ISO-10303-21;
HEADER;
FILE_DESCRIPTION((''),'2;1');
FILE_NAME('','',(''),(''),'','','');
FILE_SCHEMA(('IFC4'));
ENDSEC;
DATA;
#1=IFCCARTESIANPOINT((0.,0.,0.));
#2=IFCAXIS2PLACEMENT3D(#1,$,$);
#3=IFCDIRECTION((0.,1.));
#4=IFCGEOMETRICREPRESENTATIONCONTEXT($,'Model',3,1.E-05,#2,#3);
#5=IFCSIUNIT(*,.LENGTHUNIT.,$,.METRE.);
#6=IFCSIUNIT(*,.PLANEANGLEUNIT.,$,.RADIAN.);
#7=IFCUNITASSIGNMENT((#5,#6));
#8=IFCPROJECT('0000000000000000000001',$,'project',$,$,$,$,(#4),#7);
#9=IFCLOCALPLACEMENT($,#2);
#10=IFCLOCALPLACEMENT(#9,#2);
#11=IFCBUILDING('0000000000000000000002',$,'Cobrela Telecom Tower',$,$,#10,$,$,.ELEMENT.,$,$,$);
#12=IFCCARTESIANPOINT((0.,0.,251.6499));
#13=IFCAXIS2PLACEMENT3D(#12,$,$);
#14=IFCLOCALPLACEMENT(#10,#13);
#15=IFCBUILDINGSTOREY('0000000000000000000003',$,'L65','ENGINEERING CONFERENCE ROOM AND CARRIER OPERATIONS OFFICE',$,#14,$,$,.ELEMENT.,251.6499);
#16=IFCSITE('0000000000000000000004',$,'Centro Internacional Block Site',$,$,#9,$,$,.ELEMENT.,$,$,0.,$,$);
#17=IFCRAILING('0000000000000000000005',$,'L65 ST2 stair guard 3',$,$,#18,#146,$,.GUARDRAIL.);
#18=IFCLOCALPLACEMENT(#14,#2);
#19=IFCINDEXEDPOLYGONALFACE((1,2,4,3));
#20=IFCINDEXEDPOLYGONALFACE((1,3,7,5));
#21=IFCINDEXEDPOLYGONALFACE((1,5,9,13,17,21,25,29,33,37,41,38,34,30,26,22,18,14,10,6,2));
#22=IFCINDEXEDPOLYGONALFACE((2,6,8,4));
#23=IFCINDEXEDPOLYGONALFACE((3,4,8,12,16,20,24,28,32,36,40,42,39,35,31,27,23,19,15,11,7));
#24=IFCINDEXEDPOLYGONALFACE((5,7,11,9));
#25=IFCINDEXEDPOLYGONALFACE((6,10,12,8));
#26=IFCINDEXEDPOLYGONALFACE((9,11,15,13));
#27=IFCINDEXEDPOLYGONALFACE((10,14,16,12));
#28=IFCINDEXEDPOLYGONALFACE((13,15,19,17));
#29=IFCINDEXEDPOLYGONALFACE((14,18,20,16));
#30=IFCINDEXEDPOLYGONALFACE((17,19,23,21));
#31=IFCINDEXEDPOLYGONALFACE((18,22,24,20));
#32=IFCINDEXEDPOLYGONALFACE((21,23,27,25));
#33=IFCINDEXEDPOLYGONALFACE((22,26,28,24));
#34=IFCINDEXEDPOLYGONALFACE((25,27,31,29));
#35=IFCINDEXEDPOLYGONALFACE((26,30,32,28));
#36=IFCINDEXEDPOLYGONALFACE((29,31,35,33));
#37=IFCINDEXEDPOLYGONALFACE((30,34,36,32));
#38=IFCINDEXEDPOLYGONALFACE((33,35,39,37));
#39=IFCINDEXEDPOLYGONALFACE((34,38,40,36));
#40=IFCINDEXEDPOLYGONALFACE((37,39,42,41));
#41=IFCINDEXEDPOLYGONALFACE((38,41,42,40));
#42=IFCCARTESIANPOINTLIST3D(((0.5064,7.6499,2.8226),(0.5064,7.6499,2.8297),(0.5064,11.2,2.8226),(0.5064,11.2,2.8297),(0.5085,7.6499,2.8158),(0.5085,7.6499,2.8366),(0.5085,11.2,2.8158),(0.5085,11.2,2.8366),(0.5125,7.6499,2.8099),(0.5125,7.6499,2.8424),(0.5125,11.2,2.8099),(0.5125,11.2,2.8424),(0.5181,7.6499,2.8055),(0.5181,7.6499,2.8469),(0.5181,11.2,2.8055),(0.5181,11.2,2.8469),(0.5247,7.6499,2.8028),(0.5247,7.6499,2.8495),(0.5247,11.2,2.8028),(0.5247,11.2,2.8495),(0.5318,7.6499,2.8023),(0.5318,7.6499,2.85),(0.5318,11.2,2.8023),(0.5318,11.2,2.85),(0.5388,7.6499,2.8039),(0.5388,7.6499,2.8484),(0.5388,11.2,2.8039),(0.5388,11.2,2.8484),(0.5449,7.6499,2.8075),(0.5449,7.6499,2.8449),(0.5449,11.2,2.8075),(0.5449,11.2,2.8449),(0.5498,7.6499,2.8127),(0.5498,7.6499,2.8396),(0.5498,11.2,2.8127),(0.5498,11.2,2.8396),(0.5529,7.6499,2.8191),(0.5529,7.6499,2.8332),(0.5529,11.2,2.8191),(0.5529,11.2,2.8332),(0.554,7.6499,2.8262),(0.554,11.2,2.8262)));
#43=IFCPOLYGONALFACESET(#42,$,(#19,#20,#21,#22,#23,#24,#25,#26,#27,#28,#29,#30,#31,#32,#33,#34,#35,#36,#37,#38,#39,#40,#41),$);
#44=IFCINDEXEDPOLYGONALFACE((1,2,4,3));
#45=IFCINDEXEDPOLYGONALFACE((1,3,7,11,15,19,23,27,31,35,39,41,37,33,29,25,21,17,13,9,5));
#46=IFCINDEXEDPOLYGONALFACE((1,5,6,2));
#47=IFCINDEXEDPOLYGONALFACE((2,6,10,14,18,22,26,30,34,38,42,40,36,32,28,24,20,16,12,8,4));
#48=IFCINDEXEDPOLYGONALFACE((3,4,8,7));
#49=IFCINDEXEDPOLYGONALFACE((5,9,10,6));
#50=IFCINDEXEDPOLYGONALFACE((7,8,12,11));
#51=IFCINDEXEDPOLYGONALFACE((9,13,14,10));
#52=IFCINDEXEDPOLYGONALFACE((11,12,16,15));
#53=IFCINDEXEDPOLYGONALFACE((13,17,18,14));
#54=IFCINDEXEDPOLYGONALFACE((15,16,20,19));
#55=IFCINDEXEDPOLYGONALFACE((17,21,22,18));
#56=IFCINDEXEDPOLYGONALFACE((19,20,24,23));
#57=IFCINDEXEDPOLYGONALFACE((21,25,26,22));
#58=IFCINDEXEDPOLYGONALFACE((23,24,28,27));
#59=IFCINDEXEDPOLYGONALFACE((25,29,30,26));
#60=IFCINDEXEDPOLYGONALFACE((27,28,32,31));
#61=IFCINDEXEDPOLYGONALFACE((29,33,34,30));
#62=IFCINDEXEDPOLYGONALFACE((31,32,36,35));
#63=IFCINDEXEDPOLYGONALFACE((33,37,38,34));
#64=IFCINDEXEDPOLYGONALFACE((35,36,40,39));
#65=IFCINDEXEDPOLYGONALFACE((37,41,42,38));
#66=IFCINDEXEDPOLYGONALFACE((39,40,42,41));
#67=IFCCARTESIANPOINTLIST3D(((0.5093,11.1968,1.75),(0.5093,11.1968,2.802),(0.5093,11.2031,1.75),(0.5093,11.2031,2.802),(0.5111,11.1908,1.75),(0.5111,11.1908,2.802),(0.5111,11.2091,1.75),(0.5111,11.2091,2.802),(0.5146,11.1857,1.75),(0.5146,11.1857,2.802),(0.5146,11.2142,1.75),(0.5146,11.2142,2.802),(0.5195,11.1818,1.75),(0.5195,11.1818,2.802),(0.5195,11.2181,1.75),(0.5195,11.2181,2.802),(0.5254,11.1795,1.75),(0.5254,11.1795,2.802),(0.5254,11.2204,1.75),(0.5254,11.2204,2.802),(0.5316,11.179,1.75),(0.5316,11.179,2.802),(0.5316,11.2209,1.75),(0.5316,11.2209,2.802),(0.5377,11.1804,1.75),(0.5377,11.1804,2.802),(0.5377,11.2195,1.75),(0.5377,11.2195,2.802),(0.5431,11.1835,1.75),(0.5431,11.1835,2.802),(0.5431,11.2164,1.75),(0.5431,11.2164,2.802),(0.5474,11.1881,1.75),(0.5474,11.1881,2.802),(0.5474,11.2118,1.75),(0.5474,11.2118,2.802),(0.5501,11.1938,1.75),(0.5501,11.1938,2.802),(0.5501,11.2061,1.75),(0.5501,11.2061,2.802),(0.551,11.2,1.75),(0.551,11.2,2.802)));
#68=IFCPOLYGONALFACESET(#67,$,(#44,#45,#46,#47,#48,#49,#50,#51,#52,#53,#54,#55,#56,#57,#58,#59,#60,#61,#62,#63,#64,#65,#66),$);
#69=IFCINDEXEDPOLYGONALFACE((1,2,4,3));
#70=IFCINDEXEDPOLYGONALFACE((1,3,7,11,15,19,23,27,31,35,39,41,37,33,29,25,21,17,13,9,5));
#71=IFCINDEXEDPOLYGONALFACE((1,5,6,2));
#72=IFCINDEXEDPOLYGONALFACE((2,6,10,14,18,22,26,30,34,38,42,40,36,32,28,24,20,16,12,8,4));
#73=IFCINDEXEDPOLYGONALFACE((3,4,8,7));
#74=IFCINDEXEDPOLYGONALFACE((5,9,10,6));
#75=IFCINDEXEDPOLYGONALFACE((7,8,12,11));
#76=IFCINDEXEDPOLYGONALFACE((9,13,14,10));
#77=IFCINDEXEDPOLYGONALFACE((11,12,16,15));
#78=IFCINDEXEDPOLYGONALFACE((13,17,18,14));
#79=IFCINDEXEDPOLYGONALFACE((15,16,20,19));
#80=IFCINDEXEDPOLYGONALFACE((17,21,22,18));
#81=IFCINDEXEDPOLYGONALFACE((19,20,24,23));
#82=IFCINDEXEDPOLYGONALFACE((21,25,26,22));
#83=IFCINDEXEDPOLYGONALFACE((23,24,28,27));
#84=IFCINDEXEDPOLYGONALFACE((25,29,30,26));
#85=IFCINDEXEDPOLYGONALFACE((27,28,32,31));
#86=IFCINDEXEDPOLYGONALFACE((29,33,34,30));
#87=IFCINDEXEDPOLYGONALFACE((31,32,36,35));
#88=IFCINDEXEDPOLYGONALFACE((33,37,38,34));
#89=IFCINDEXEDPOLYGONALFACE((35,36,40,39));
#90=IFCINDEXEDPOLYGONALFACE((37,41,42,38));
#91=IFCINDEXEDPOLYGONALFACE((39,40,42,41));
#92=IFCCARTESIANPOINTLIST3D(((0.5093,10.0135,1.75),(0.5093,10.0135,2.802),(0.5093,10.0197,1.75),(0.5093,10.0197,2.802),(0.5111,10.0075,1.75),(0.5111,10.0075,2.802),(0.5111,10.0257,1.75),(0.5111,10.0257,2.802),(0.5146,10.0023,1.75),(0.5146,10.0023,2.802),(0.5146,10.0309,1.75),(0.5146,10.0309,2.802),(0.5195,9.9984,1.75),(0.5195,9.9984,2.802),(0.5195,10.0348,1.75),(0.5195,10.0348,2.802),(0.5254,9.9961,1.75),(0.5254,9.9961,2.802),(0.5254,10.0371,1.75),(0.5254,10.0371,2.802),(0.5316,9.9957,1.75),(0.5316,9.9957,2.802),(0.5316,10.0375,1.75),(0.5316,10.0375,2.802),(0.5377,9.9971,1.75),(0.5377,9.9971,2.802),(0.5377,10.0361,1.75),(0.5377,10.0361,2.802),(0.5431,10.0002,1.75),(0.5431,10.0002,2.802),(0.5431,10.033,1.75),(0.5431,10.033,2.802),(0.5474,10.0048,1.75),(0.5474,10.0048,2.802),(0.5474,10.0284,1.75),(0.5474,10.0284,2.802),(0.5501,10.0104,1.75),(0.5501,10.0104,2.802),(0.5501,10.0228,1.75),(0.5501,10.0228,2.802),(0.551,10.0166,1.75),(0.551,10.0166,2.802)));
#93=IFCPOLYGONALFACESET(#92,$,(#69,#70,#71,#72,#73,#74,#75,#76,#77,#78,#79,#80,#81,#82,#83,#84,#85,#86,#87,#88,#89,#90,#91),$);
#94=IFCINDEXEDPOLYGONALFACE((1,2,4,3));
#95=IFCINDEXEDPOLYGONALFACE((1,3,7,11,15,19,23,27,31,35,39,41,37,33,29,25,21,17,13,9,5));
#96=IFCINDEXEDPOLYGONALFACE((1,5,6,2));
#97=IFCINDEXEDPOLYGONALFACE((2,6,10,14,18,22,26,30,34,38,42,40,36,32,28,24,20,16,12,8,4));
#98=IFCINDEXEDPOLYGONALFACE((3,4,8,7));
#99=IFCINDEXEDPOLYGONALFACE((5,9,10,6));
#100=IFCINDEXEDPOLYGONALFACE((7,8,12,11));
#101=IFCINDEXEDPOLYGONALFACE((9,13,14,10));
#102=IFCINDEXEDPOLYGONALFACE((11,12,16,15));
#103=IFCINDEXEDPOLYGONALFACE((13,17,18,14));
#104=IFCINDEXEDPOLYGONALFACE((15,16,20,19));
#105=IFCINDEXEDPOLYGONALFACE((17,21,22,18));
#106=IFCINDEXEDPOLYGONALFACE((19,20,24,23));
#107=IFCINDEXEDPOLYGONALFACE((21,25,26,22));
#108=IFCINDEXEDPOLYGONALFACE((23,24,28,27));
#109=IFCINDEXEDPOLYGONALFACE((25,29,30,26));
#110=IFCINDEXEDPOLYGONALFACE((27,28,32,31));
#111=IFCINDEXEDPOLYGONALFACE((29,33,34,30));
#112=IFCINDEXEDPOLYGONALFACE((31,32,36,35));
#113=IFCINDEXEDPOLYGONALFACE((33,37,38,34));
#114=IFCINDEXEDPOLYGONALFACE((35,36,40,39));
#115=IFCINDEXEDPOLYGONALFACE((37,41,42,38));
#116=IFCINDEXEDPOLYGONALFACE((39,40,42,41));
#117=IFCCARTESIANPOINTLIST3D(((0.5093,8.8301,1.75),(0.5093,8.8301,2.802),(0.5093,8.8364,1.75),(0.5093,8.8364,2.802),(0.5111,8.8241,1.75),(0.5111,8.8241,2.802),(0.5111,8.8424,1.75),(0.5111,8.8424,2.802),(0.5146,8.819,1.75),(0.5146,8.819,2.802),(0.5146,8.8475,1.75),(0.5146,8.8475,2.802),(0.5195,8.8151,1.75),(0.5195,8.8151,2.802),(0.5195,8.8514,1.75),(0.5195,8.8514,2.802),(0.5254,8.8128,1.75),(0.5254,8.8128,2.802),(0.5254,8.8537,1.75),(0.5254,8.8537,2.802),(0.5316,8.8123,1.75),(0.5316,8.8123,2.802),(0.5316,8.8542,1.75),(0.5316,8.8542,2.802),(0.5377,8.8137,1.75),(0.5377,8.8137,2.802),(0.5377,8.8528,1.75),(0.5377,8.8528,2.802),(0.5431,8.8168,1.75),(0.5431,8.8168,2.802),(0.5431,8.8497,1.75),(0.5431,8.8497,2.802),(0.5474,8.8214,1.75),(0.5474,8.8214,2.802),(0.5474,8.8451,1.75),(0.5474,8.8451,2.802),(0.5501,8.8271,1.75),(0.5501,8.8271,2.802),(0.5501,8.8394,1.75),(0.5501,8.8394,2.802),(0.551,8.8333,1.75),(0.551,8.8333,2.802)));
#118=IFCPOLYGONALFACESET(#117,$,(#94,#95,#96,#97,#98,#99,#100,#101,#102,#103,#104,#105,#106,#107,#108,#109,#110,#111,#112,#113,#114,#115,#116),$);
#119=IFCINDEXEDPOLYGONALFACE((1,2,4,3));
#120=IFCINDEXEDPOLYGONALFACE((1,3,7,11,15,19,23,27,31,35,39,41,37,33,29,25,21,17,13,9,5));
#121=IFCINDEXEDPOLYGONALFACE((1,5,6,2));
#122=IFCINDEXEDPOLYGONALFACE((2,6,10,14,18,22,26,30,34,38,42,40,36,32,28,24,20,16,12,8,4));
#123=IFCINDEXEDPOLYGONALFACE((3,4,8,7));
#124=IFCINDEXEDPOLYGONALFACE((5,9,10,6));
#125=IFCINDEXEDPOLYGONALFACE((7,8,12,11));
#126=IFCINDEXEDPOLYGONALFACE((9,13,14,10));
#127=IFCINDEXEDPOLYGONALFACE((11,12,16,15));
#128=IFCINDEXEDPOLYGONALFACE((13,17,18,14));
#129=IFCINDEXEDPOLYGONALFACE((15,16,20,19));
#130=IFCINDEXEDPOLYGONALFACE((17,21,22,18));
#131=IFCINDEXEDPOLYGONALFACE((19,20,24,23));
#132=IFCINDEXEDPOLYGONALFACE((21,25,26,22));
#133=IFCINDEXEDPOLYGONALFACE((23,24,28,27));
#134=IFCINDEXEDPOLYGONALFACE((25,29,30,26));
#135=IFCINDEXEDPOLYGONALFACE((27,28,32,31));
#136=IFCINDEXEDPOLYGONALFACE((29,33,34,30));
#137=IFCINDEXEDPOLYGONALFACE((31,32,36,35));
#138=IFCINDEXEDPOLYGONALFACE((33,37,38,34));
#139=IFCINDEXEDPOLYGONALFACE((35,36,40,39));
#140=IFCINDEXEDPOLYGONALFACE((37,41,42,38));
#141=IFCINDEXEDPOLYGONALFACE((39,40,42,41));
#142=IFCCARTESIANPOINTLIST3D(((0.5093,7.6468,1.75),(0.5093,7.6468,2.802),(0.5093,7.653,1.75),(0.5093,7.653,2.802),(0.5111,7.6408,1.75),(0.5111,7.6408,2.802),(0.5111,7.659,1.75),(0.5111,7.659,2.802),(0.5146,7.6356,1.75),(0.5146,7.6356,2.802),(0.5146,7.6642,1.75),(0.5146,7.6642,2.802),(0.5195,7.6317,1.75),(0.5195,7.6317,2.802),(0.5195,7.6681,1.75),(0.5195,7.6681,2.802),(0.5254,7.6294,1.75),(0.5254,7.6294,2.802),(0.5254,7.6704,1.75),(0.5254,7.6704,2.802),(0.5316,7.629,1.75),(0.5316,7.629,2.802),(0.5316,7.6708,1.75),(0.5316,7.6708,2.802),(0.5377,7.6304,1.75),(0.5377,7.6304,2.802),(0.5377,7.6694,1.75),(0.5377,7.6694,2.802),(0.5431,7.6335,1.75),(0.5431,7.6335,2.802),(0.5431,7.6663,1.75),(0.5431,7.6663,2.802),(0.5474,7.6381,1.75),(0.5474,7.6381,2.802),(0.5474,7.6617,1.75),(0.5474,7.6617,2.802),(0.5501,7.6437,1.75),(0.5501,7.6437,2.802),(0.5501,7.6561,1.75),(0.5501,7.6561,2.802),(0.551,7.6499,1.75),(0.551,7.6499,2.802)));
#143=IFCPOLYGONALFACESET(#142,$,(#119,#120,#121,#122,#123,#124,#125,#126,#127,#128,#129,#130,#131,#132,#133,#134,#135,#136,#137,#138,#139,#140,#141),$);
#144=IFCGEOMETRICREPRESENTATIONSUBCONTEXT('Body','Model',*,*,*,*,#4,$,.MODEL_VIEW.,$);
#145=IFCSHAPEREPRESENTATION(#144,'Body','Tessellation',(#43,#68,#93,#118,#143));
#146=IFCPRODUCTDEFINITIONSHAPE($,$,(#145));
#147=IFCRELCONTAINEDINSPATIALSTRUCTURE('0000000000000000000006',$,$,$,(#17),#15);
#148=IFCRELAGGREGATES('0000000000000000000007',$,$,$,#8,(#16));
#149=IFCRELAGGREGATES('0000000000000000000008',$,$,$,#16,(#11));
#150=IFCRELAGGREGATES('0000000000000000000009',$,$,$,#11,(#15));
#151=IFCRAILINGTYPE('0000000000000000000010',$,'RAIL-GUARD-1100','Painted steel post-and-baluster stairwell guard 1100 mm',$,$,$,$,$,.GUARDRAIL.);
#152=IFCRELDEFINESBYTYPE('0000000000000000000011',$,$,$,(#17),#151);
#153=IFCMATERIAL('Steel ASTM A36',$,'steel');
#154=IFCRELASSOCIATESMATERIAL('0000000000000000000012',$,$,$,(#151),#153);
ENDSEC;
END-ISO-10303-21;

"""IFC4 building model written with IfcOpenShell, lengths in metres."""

from ifc_helpers import new_model, si_unit, direction, frame, origin, origin_2d, place, context, subcontext, project, spatial, circle, extrude, material, type_object, element, save


model = new_model("IFC4")

# Units and contexts
model_context = context("Model", 3, precision=1e-05, world=origin(), true_north=direction((0.0, 1.0)))
body_context = subcontext(model_context, "Body", "Model", "MODEL_VIEW")
ifc_project = project(units=[si_unit("LENGTHUNIT", "METRE"), si_unit("PLANEANGLEUNIT", "RADIAN")], contexts=[model_context])

# Site, building, storey
site_placement = place(None, origin())
site = spatial("IfcSite", under=ifc_project, at=site_placement, Name="Centro Internacional Block Site", CompositionType="ELEMENT", RefElevation=0.0)
building_placement = place(site_placement, origin())
building = spatial("IfcBuilding", under=site, at=building_placement, Name="Cobrela Telecom Tower", CompositionType="ELEMENT")
storey_placement = place(building_placement, frame((0.0, 0.0, 251.6499)))
storey = spatial("IfcBuildingStorey", under=building, at=storey_placement, Name="L65", Description="ENGINEERING CONFERENCE ROOM AND CARRIER OPERATIONS OFFICE", CompositionType="ELEMENT", Elevation=251.6499)

# Shared definitions
ifc_material_1 = material(Name="Steel ASTM A36", Category="steel")

# Railing
railing_type = type_object("IfcRailingType", Name="RAIL-GUARD-1100", Description="Painted steel post-and-baluster stairwell guard 1100 mm", PredefinedType="GUARDRAIL", material=ifc_material_1)
railing_1_placement = place(storey_placement, frame((0.53, 11.2, 1.75)))
element("IfcRailing", 1, at=railing_1_placement, inside=storey, type_object=railing_type, Name="L65 ST2 stair guard 3", PredefinedType="GUARDRAIL", context=body_context, shape_type="SweptSolid", body=[
    extrude(circle(Radius=0.0239, at=origin_2d()), frame((0.0, 0.0, 1.0762), z_axis=(0.0, -1.0, 0.0), x_axis=(1.0, 0.0, 0.0)), (0.0, 0.0, 1.0), 3.55),
    extrude(circle(Radius=0.021, at=origin_2d()), origin(), (0.0, 0.0, 1.0), 1.052),
    extrude(circle(Radius=0.021, at=origin_2d()), frame((0.0, -1.1833, 0.0)), (0.0, 0.0, 1.0), 1.052),
    extrude(circle(Radius=0.021, at=origin_2d()), frame((0.0, -2.3667, 0.0)), (0.0, 0.0, 1.0), 1.052),
    extrude(circle(Radius=0.021, at=origin_2d()), frame((0.0, -3.55, 0.0)), (0.0, 0.0, 1.0), 1.052),
])

save(model, "model.ifc")
